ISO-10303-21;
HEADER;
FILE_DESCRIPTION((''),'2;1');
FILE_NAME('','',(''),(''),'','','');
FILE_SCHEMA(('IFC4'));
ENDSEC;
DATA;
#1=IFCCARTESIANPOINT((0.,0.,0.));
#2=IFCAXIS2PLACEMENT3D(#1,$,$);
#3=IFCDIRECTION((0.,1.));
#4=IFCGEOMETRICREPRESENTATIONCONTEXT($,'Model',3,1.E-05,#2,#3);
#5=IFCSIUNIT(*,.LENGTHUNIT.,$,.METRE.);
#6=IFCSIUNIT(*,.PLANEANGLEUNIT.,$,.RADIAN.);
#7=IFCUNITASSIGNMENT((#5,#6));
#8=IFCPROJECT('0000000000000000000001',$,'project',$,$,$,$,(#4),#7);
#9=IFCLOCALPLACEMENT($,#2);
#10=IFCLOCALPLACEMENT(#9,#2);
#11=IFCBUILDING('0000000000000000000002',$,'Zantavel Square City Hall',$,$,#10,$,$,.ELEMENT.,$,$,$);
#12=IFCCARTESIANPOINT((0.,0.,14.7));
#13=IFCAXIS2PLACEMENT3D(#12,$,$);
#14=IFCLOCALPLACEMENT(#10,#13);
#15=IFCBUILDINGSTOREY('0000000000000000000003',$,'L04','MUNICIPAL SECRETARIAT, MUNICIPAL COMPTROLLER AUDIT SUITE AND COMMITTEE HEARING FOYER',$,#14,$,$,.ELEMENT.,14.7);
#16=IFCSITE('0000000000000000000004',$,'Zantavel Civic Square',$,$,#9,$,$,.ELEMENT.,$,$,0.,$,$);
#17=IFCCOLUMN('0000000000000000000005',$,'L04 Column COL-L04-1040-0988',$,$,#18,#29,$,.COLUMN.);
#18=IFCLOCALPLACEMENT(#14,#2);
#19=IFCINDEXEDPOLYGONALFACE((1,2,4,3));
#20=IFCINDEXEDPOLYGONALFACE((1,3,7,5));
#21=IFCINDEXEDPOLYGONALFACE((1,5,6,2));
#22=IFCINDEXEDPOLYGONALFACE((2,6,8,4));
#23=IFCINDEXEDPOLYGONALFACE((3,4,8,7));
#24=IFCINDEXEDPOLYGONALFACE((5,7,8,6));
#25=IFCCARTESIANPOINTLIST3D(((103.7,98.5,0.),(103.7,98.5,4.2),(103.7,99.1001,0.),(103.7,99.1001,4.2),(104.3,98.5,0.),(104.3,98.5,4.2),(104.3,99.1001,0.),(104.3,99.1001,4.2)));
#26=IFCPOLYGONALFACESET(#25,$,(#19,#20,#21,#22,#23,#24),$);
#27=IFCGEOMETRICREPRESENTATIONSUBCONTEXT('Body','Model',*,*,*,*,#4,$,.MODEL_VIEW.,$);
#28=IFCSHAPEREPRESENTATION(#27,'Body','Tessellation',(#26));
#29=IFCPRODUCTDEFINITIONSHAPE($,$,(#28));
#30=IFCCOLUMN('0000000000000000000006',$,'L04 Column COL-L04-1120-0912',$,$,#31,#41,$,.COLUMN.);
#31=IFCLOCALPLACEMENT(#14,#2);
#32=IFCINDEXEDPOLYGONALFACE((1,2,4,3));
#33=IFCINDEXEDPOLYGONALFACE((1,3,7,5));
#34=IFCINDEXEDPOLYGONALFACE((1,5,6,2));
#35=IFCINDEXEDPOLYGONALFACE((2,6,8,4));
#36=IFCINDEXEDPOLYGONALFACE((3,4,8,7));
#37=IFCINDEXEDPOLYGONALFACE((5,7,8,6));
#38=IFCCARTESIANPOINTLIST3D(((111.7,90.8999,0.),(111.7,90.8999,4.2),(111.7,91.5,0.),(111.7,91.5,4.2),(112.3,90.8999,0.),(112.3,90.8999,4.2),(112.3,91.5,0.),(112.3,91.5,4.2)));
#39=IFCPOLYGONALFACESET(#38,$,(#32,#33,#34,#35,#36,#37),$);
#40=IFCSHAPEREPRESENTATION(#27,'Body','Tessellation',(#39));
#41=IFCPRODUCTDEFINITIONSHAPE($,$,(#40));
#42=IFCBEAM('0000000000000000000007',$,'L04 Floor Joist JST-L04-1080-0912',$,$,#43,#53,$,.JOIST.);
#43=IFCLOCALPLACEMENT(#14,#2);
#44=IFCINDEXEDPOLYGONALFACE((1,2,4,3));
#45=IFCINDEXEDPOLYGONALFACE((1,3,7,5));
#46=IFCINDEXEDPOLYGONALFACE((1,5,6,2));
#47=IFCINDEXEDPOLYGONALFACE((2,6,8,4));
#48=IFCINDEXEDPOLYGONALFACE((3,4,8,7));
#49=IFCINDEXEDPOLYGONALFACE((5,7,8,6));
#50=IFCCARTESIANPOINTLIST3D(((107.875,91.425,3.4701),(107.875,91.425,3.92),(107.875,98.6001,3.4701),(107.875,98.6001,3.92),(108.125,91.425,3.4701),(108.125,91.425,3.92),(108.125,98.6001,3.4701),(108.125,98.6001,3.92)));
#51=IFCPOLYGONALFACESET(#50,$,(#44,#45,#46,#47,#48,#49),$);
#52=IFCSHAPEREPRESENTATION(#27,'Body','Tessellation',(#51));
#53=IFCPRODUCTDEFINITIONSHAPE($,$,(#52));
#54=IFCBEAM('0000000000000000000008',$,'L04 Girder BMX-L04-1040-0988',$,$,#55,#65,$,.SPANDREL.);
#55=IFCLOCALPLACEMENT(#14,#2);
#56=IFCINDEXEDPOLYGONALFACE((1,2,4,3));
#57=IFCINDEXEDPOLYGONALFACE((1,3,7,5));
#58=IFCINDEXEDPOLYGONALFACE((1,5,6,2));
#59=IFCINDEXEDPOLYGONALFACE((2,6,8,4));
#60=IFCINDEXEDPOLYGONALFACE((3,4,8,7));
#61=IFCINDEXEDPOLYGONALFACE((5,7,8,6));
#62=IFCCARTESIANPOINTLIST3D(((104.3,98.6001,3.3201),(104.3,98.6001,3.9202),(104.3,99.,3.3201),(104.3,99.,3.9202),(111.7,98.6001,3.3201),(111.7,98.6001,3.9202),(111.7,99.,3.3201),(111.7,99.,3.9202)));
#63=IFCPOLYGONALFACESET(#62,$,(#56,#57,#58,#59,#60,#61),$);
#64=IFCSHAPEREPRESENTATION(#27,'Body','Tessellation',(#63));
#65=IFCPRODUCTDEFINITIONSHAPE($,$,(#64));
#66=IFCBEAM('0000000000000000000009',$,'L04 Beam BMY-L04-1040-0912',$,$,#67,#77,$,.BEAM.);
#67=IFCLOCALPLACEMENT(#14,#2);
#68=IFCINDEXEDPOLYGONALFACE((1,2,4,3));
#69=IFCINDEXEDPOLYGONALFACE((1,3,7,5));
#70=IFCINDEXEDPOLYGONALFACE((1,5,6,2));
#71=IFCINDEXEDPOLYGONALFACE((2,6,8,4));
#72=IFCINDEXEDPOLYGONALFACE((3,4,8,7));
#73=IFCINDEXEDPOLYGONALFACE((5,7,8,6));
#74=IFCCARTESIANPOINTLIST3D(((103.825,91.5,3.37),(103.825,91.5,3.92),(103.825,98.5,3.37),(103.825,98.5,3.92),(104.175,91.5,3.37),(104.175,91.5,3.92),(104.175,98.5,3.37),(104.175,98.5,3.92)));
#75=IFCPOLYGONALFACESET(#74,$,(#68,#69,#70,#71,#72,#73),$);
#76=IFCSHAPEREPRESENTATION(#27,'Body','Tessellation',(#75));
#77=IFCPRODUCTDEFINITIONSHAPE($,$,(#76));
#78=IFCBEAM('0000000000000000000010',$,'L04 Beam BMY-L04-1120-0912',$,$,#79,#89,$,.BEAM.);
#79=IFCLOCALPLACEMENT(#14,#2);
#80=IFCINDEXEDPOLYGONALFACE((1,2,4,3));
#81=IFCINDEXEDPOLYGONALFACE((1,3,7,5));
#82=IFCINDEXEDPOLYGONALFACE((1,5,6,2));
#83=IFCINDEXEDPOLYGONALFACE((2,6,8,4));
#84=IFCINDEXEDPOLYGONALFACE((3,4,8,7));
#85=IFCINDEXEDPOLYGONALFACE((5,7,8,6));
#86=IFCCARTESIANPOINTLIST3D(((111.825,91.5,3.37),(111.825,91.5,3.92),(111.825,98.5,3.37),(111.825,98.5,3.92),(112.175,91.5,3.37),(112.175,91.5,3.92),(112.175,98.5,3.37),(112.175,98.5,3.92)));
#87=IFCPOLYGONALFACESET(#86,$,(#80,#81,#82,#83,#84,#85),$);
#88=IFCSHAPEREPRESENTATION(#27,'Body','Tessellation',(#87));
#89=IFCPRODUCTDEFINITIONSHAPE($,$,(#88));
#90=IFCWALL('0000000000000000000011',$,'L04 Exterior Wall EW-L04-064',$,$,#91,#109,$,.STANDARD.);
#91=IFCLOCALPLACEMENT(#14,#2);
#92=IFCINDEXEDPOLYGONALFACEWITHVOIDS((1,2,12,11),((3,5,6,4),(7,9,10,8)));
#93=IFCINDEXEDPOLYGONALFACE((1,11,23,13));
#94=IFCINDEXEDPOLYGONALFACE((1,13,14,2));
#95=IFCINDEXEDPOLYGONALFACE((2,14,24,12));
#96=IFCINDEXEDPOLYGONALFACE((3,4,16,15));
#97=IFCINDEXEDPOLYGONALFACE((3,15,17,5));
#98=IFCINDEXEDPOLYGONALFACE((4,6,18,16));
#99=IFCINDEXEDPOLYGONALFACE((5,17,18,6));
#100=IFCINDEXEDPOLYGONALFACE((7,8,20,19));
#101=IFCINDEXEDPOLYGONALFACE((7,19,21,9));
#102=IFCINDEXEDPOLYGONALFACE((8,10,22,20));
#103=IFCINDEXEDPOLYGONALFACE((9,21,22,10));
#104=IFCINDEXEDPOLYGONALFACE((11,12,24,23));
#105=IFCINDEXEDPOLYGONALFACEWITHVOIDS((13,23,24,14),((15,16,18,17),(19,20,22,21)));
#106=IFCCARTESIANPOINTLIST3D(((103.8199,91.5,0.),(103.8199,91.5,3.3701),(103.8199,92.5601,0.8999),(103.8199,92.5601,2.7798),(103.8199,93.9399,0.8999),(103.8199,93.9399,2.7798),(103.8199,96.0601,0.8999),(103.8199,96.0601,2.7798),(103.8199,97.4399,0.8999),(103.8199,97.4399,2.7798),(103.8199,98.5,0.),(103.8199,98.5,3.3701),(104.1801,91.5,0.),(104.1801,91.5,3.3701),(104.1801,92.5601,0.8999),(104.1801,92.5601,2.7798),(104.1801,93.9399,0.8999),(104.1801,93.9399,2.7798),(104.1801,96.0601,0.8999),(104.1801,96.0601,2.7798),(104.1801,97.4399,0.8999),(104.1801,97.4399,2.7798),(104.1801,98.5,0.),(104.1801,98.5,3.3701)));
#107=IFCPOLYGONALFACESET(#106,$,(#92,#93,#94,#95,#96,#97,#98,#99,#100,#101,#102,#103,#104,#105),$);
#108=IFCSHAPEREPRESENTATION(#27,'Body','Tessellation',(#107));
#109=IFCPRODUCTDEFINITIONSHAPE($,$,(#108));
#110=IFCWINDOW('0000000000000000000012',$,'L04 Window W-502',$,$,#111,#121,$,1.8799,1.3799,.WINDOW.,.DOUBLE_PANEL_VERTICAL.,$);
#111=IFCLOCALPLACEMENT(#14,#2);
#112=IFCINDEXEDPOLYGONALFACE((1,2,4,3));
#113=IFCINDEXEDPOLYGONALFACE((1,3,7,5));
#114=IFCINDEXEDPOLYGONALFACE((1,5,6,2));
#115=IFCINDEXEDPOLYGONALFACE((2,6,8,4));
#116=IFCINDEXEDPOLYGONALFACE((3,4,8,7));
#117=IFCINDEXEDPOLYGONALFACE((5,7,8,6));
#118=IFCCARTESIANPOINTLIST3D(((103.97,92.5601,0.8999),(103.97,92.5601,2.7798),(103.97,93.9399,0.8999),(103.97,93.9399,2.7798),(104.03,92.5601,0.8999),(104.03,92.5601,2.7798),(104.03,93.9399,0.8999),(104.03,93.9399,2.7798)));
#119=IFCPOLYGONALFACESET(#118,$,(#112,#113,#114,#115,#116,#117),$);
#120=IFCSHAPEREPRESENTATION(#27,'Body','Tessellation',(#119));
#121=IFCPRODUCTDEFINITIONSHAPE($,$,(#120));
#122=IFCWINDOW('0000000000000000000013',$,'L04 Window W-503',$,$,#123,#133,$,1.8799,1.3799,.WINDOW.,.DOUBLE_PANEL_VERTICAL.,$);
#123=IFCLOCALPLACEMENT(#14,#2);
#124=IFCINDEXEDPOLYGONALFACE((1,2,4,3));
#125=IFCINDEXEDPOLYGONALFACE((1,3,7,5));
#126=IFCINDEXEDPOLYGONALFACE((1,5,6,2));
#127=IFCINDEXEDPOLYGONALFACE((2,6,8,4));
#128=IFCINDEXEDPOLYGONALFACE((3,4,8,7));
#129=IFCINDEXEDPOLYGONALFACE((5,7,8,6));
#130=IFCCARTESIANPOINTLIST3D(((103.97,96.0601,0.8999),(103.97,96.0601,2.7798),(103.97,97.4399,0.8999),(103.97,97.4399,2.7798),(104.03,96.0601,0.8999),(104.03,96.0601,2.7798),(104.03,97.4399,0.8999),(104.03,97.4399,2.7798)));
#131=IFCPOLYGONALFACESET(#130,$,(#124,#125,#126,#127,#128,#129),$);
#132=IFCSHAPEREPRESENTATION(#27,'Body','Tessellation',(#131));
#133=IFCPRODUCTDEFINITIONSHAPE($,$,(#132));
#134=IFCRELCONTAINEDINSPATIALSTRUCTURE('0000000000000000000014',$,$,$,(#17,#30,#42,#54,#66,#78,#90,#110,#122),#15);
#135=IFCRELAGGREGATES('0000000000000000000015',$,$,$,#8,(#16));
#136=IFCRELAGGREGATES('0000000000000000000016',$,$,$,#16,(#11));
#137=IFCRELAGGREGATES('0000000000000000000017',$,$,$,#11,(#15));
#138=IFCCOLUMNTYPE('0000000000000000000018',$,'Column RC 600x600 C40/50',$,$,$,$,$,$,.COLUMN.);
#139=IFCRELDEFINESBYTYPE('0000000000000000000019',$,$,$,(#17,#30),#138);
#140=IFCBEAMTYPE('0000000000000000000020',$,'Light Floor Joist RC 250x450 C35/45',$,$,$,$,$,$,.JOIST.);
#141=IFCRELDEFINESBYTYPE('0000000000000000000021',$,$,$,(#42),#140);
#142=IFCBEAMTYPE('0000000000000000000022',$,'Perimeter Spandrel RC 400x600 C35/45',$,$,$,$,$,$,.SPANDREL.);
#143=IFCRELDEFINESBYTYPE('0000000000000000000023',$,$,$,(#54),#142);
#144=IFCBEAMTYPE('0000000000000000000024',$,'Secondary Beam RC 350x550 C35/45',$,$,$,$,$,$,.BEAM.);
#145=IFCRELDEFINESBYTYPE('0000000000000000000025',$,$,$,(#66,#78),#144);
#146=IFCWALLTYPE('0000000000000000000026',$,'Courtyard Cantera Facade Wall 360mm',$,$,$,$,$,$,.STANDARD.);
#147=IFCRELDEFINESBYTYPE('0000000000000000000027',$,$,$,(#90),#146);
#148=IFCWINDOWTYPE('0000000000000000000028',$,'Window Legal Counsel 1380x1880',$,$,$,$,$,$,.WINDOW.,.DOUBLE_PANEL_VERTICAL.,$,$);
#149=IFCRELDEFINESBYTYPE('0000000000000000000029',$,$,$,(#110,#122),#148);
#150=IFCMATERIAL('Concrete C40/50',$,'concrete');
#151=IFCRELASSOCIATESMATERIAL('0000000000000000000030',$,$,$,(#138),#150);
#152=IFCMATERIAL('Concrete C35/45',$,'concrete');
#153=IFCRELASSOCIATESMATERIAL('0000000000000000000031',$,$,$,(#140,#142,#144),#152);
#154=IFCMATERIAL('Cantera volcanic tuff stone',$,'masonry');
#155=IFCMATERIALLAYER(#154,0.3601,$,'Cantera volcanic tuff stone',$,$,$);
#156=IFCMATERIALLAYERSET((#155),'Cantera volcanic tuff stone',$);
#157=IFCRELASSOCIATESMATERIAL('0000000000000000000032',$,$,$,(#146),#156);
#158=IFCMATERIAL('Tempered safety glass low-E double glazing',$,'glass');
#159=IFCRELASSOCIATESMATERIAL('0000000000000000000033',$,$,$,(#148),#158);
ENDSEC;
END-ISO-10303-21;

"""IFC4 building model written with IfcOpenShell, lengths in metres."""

from ifc_helpers import new_model, si_unit, direction, frame, frame_2d, origin, origin_2d, place, context, subcontext, project, spatial, rectangle, extrude, material, layer, layer_set, material_profile, profile_set, type_object, element, fill, save


model = new_model("IFC4")

# Units and contexts
model_context = context("Model", 3, precision=1e-05, world=origin(), true_north=direction((0.0, 1.0)))
body_context = subcontext(model_context, "Body", "Model", "MODEL_VIEW")
ifc_project = project(units=[si_unit("LENGTHUNIT", "METRE"), si_unit("PLANEANGLEUNIT", "RADIAN")], contexts=[model_context])

# Site, building, storey
site_placement = place(None, origin())
site = spatial("IfcSite", under=ifc_project, at=site_placement, Name="Zantavel Civic Square", CompositionType="ELEMENT", RefElevation=0.0)
building_placement = place(site_placement, origin())
building = spatial("IfcBuilding", under=site, at=building_placement, Name="Zantavel Square City Hall", CompositionType="ELEMENT")
storey_placement = place(building_placement, frame((0.0, 0.0, 14.7)))
storey = spatial("IfcBuildingStorey", under=building, at=storey_placement, Name="L04", Description="MUNICIPAL SECRETARIAT, MUNICIPAL COMPTROLLER AUDIT SUITE AND COMMITTEE HEARING FOYER", CompositionType="ELEMENT", Elevation=14.7)

# Columns
ifc_material_1 = material(Name="Concrete C40/50", Category="concrete")
ifc_material_profile_1 = material_profile(ifc_material_1, rectangle(XDim=0.6001, YDim=0.6001, at=origin_2d()), Name="RC 600x600")
ifc_profile_set_1 = profile_set([ifc_material_profile_1], Name="Concrete C40/50")
column_type = type_object("IfcColumnType", Name="Column RC 600x600 C40/50", PredefinedType="COLUMN", material=ifc_profile_set_1)
for number, where, z_axis, x_axis, name in (
    (1, (104.0, 98.8, 0.0), (0.0, 0.0, 1.0), (1.0, 0.0, 0.0), "L04 Column COL-L04-1040-0988"),
    (2, (112.0, 91.2, 0.0), (0.0, 0.0, 1.0), (1.0, 0.0, 0.0), "L04 Column COL-L04-1120-0912"),
):
    element("IfcColumn", number, at=place(storey_placement, frame(where, z_axis=z_axis, x_axis=x_axis)), inside=storey, type_object=column_type, Name=name, PredefinedType="COLUMN", context=body_context, shape_type="SweptSolid", body=[
        extrude(rectangle(XDim=0.6001, YDim=0.6001, at=origin_2d()), origin(), (0.0, 0.0, 1.0), 4.2),
    ])

# Beams
ifc_material_2 = material(Name="Concrete C35/45", Category="concrete")
ifc_material_profile_2 = material_profile(ifc_material_2, rectangle(XDim=0.25, YDim=0.45, at=origin_2d()), Name="RC 250x450")
ifc_profile_set_2 = profile_set([ifc_material_profile_2], Name="Concrete C35/45")
beam_type_1 = type_object("IfcBeamType", Name="Light Floor Joist RC 250x450 C35/45", PredefinedType="JOIST", material=ifc_profile_set_2)
beam_1_placement = place(storey_placement, frame((108.0, 91.425, 3.6951), z_axis=(0.0, 1.0, 0.0), x_axis=(-1.0, 0.0, 0.0)))
element("IfcBeam", 3, at=beam_1_placement, inside=storey, type_object=beam_type_1, Name="L04 Floor Joist JST-L04-1080-0912", PredefinedType="JOIST", context=body_context, shape_type="SweptSolid", body=[
    extrude(rectangle(XDim=0.25, YDim=0.45, at=origin_2d()), origin(), (0.0, 0.0, 1.0), 7.175),
])
ifc_material_profile_3 = material_profile(ifc_material_2, rectangle(XDim=0.3999, YDim=0.6001, at=origin_2d()), Name="RC 400x600")
ifc_profile_set_3 = profile_set([ifc_material_profile_3], Name="Concrete C35/45")
beam_type_2 = type_object("IfcBeamType", Name="Perimeter Spandrel RC 400x600 C35/45", PredefinedType="SPANDREL", material=ifc_profile_set_3)
beam_2_placement = place(storey_placement, frame((104.3, 98.8, 3.6201), z_axis=(1.0, 0.0, 0.0), x_axis=(0.0, 1.0, 0.0)))
element("IfcBeam", 4, at=beam_2_placement, inside=storey, type_object=beam_type_2, Name="L04 Girder BMX-L04-1040-0988", PredefinedType="SPANDREL", context=body_context, shape_type="SweptSolid", body=[
    extrude(rectangle(XDim=0.3999, YDim=0.6001, at=origin_2d()), origin(), (0.0, 0.0, 1.0), 7.3999),
])
ifc_material_profile_4 = material_profile(ifc_material_2, rectangle(XDim=0.3501, YDim=0.55, at=origin_2d()), Name="RC 350x550")
ifc_profile_set_4 = profile_set([ifc_material_profile_4], Name="Concrete C35/45")
beam_type_3 = type_object("IfcBeamType", Name="Secondary Beam RC 350x550 C35/45", PredefinedType="BEAM", material=ifc_profile_set_4)
for number, where, z_axis, x_axis, name in (
    (5, (104.0, 91.5, 3.645), (0.0, 1.0, 0.0), (-1.0, 0.0, 0.0), "L04 Beam BMY-L04-1040-0912"),
    (6, (112.0, 91.5, 3.645), (0.0, 1.0, 0.0), (-1.0, 0.0, 0.0), "L04 Beam BMY-L04-1120-0912"),
):
    element("IfcBeam", number, at=place(storey_placement, frame(where, z_axis=z_axis, x_axis=x_axis)), inside=storey, type_object=beam_type_3, Name=name, PredefinedType="BEAM", context=body_context, shape_type="SweptSolid", body=[
        extrude(rectangle(XDim=0.3501, YDim=0.55, at=origin_2d()), origin(), (0.0, 0.0, 1.0), 7.0),
    ])

# Wall, openings, windows
ifc_material_3 = material(Name="Cantera volcanic tuff stone", Category="masonry")
ifc_layer_1 = layer(ifc_material_3, 0.3601, Name="Cantera volcanic tuff stone")
ifc_layer_set_1 = layer_set([ifc_layer_1], Name="Cantera volcanic tuff stone")
wall_type_1 = type_object("IfcWallType", Name="Courtyard Cantera Facade Wall 360mm", PredefinedType="STANDARD", material=ifc_layer_set_1)
wall_1_placement = place(storey_placement, frame((104.0, 91.5, 0.0), z_axis=(0.0, 0.0, 1.0), x_axis=(0.0, 1.0, 0.0)))
wall_1 = element("IfcWall", 7, at=wall_1_placement, inside=storey, type_object=wall_type_1, Name="L04 Exterior Wall EW-L04-064", PredefinedType="STANDARD", context=body_context, shape_type="SweptSolid", body=[
    extrude(rectangle(XDim=7.0, YDim=0.3601, at=frame_2d((3.5, 0.0))), origin(), (0.0, 0.0, 1.0), 3.3701),
])
opening_1_placement = place(wall_1_placement, frame((1.0601, 0.0, 0.8999)))
opening_1 = element("IfcOpeningElement", 8, at=opening_1_placement, cuts=wall_1, PredefinedType="OPENING", context=body_context, shape_type="SweptSolid", body=[
    extrude(rectangle(XDim=1.3799, YDim=1.8799, at=frame_2d((0.6899, 0.9399))), frame((0.0, 0.1899, 0.0), z_axis=(0.0, -1.0, 0.0), x_axis=(1.0, 0.0, 0.0)), (0.0, 0.0, 1.0), 0.3801),
])
opening_2_placement = place(wall_1_placement, frame((4.5601, 0.0, 0.8999)))
opening_2 = element("IfcOpeningElement", 9, at=opening_2_placement, cuts=wall_1, PredefinedType="OPENING", context=body_context, shape_type="SweptSolid", body=[
    extrude(rectangle(XDim=1.3799, YDim=1.8799, at=frame_2d((0.6899, 0.9399))), frame((0.0, 0.1899, 0.0), z_axis=(0.0, -1.0, 0.0), x_axis=(1.0, 0.0, 0.0)), (0.0, 0.0, 1.0), 0.3801),
])
ifc_material_4 = material(Name="Tempered safety glass low-E double glazing", Category="glass")
window_type_1 = type_object("IfcWindowType", Name="Window Legal Counsel 1380x1880", PartitioningType="DOUBLE_PANEL_VERTICAL", PredefinedType="WINDOW", material=ifc_material_4)
window_1_placement = place(opening_1_placement, origin())
window_1 = element("IfcWindow", 10, at=window_1_placement, inside=storey, type_object=window_type_1, Name="L04 Window W-502", OverallHeight=1.8799, OverallWidth=1.3799, PartitioningType="DOUBLE_PANEL_VERTICAL", PredefinedType="WINDOW", context=body_context, shape_type="SweptSolid", body=[
    extrude(rectangle(XDim=1.3799, YDim=1.8799, at=frame_2d((0.6899, 0.9399))), frame((0.0, 0.03, 0.0), z_axis=(0.0, -1.0, 0.0), x_axis=(1.0, 0.0, 0.0)), (0.0, 0.0, 1.0), 0.0601),
])
fill(opening_1, window_1)
window_2_placement = place(opening_2_placement, origin())
window_2 = element("IfcWindow", 11, at=window_2_placement, inside=storey, type_object=window_type_1, Name="L04 Window W-503", OverallHeight=1.8799, OverallWidth=1.3799, PartitioningType="DOUBLE_PANEL_VERTICAL", PredefinedType="WINDOW", context=body_context, shape_type="SweptSolid", body=[
    extrude(rectangle(XDim=1.3799, YDim=1.8799, at=frame_2d((0.6899, 0.9399))), frame((0.0, 0.03, 0.0), z_axis=(0.0, -1.0, 0.0), x_axis=(1.0, 0.0, 0.0)), (0.0, 0.0, 1.0), 0.0601),
])
fill(opening_2, window_2)

save(model, "model.ifc")
